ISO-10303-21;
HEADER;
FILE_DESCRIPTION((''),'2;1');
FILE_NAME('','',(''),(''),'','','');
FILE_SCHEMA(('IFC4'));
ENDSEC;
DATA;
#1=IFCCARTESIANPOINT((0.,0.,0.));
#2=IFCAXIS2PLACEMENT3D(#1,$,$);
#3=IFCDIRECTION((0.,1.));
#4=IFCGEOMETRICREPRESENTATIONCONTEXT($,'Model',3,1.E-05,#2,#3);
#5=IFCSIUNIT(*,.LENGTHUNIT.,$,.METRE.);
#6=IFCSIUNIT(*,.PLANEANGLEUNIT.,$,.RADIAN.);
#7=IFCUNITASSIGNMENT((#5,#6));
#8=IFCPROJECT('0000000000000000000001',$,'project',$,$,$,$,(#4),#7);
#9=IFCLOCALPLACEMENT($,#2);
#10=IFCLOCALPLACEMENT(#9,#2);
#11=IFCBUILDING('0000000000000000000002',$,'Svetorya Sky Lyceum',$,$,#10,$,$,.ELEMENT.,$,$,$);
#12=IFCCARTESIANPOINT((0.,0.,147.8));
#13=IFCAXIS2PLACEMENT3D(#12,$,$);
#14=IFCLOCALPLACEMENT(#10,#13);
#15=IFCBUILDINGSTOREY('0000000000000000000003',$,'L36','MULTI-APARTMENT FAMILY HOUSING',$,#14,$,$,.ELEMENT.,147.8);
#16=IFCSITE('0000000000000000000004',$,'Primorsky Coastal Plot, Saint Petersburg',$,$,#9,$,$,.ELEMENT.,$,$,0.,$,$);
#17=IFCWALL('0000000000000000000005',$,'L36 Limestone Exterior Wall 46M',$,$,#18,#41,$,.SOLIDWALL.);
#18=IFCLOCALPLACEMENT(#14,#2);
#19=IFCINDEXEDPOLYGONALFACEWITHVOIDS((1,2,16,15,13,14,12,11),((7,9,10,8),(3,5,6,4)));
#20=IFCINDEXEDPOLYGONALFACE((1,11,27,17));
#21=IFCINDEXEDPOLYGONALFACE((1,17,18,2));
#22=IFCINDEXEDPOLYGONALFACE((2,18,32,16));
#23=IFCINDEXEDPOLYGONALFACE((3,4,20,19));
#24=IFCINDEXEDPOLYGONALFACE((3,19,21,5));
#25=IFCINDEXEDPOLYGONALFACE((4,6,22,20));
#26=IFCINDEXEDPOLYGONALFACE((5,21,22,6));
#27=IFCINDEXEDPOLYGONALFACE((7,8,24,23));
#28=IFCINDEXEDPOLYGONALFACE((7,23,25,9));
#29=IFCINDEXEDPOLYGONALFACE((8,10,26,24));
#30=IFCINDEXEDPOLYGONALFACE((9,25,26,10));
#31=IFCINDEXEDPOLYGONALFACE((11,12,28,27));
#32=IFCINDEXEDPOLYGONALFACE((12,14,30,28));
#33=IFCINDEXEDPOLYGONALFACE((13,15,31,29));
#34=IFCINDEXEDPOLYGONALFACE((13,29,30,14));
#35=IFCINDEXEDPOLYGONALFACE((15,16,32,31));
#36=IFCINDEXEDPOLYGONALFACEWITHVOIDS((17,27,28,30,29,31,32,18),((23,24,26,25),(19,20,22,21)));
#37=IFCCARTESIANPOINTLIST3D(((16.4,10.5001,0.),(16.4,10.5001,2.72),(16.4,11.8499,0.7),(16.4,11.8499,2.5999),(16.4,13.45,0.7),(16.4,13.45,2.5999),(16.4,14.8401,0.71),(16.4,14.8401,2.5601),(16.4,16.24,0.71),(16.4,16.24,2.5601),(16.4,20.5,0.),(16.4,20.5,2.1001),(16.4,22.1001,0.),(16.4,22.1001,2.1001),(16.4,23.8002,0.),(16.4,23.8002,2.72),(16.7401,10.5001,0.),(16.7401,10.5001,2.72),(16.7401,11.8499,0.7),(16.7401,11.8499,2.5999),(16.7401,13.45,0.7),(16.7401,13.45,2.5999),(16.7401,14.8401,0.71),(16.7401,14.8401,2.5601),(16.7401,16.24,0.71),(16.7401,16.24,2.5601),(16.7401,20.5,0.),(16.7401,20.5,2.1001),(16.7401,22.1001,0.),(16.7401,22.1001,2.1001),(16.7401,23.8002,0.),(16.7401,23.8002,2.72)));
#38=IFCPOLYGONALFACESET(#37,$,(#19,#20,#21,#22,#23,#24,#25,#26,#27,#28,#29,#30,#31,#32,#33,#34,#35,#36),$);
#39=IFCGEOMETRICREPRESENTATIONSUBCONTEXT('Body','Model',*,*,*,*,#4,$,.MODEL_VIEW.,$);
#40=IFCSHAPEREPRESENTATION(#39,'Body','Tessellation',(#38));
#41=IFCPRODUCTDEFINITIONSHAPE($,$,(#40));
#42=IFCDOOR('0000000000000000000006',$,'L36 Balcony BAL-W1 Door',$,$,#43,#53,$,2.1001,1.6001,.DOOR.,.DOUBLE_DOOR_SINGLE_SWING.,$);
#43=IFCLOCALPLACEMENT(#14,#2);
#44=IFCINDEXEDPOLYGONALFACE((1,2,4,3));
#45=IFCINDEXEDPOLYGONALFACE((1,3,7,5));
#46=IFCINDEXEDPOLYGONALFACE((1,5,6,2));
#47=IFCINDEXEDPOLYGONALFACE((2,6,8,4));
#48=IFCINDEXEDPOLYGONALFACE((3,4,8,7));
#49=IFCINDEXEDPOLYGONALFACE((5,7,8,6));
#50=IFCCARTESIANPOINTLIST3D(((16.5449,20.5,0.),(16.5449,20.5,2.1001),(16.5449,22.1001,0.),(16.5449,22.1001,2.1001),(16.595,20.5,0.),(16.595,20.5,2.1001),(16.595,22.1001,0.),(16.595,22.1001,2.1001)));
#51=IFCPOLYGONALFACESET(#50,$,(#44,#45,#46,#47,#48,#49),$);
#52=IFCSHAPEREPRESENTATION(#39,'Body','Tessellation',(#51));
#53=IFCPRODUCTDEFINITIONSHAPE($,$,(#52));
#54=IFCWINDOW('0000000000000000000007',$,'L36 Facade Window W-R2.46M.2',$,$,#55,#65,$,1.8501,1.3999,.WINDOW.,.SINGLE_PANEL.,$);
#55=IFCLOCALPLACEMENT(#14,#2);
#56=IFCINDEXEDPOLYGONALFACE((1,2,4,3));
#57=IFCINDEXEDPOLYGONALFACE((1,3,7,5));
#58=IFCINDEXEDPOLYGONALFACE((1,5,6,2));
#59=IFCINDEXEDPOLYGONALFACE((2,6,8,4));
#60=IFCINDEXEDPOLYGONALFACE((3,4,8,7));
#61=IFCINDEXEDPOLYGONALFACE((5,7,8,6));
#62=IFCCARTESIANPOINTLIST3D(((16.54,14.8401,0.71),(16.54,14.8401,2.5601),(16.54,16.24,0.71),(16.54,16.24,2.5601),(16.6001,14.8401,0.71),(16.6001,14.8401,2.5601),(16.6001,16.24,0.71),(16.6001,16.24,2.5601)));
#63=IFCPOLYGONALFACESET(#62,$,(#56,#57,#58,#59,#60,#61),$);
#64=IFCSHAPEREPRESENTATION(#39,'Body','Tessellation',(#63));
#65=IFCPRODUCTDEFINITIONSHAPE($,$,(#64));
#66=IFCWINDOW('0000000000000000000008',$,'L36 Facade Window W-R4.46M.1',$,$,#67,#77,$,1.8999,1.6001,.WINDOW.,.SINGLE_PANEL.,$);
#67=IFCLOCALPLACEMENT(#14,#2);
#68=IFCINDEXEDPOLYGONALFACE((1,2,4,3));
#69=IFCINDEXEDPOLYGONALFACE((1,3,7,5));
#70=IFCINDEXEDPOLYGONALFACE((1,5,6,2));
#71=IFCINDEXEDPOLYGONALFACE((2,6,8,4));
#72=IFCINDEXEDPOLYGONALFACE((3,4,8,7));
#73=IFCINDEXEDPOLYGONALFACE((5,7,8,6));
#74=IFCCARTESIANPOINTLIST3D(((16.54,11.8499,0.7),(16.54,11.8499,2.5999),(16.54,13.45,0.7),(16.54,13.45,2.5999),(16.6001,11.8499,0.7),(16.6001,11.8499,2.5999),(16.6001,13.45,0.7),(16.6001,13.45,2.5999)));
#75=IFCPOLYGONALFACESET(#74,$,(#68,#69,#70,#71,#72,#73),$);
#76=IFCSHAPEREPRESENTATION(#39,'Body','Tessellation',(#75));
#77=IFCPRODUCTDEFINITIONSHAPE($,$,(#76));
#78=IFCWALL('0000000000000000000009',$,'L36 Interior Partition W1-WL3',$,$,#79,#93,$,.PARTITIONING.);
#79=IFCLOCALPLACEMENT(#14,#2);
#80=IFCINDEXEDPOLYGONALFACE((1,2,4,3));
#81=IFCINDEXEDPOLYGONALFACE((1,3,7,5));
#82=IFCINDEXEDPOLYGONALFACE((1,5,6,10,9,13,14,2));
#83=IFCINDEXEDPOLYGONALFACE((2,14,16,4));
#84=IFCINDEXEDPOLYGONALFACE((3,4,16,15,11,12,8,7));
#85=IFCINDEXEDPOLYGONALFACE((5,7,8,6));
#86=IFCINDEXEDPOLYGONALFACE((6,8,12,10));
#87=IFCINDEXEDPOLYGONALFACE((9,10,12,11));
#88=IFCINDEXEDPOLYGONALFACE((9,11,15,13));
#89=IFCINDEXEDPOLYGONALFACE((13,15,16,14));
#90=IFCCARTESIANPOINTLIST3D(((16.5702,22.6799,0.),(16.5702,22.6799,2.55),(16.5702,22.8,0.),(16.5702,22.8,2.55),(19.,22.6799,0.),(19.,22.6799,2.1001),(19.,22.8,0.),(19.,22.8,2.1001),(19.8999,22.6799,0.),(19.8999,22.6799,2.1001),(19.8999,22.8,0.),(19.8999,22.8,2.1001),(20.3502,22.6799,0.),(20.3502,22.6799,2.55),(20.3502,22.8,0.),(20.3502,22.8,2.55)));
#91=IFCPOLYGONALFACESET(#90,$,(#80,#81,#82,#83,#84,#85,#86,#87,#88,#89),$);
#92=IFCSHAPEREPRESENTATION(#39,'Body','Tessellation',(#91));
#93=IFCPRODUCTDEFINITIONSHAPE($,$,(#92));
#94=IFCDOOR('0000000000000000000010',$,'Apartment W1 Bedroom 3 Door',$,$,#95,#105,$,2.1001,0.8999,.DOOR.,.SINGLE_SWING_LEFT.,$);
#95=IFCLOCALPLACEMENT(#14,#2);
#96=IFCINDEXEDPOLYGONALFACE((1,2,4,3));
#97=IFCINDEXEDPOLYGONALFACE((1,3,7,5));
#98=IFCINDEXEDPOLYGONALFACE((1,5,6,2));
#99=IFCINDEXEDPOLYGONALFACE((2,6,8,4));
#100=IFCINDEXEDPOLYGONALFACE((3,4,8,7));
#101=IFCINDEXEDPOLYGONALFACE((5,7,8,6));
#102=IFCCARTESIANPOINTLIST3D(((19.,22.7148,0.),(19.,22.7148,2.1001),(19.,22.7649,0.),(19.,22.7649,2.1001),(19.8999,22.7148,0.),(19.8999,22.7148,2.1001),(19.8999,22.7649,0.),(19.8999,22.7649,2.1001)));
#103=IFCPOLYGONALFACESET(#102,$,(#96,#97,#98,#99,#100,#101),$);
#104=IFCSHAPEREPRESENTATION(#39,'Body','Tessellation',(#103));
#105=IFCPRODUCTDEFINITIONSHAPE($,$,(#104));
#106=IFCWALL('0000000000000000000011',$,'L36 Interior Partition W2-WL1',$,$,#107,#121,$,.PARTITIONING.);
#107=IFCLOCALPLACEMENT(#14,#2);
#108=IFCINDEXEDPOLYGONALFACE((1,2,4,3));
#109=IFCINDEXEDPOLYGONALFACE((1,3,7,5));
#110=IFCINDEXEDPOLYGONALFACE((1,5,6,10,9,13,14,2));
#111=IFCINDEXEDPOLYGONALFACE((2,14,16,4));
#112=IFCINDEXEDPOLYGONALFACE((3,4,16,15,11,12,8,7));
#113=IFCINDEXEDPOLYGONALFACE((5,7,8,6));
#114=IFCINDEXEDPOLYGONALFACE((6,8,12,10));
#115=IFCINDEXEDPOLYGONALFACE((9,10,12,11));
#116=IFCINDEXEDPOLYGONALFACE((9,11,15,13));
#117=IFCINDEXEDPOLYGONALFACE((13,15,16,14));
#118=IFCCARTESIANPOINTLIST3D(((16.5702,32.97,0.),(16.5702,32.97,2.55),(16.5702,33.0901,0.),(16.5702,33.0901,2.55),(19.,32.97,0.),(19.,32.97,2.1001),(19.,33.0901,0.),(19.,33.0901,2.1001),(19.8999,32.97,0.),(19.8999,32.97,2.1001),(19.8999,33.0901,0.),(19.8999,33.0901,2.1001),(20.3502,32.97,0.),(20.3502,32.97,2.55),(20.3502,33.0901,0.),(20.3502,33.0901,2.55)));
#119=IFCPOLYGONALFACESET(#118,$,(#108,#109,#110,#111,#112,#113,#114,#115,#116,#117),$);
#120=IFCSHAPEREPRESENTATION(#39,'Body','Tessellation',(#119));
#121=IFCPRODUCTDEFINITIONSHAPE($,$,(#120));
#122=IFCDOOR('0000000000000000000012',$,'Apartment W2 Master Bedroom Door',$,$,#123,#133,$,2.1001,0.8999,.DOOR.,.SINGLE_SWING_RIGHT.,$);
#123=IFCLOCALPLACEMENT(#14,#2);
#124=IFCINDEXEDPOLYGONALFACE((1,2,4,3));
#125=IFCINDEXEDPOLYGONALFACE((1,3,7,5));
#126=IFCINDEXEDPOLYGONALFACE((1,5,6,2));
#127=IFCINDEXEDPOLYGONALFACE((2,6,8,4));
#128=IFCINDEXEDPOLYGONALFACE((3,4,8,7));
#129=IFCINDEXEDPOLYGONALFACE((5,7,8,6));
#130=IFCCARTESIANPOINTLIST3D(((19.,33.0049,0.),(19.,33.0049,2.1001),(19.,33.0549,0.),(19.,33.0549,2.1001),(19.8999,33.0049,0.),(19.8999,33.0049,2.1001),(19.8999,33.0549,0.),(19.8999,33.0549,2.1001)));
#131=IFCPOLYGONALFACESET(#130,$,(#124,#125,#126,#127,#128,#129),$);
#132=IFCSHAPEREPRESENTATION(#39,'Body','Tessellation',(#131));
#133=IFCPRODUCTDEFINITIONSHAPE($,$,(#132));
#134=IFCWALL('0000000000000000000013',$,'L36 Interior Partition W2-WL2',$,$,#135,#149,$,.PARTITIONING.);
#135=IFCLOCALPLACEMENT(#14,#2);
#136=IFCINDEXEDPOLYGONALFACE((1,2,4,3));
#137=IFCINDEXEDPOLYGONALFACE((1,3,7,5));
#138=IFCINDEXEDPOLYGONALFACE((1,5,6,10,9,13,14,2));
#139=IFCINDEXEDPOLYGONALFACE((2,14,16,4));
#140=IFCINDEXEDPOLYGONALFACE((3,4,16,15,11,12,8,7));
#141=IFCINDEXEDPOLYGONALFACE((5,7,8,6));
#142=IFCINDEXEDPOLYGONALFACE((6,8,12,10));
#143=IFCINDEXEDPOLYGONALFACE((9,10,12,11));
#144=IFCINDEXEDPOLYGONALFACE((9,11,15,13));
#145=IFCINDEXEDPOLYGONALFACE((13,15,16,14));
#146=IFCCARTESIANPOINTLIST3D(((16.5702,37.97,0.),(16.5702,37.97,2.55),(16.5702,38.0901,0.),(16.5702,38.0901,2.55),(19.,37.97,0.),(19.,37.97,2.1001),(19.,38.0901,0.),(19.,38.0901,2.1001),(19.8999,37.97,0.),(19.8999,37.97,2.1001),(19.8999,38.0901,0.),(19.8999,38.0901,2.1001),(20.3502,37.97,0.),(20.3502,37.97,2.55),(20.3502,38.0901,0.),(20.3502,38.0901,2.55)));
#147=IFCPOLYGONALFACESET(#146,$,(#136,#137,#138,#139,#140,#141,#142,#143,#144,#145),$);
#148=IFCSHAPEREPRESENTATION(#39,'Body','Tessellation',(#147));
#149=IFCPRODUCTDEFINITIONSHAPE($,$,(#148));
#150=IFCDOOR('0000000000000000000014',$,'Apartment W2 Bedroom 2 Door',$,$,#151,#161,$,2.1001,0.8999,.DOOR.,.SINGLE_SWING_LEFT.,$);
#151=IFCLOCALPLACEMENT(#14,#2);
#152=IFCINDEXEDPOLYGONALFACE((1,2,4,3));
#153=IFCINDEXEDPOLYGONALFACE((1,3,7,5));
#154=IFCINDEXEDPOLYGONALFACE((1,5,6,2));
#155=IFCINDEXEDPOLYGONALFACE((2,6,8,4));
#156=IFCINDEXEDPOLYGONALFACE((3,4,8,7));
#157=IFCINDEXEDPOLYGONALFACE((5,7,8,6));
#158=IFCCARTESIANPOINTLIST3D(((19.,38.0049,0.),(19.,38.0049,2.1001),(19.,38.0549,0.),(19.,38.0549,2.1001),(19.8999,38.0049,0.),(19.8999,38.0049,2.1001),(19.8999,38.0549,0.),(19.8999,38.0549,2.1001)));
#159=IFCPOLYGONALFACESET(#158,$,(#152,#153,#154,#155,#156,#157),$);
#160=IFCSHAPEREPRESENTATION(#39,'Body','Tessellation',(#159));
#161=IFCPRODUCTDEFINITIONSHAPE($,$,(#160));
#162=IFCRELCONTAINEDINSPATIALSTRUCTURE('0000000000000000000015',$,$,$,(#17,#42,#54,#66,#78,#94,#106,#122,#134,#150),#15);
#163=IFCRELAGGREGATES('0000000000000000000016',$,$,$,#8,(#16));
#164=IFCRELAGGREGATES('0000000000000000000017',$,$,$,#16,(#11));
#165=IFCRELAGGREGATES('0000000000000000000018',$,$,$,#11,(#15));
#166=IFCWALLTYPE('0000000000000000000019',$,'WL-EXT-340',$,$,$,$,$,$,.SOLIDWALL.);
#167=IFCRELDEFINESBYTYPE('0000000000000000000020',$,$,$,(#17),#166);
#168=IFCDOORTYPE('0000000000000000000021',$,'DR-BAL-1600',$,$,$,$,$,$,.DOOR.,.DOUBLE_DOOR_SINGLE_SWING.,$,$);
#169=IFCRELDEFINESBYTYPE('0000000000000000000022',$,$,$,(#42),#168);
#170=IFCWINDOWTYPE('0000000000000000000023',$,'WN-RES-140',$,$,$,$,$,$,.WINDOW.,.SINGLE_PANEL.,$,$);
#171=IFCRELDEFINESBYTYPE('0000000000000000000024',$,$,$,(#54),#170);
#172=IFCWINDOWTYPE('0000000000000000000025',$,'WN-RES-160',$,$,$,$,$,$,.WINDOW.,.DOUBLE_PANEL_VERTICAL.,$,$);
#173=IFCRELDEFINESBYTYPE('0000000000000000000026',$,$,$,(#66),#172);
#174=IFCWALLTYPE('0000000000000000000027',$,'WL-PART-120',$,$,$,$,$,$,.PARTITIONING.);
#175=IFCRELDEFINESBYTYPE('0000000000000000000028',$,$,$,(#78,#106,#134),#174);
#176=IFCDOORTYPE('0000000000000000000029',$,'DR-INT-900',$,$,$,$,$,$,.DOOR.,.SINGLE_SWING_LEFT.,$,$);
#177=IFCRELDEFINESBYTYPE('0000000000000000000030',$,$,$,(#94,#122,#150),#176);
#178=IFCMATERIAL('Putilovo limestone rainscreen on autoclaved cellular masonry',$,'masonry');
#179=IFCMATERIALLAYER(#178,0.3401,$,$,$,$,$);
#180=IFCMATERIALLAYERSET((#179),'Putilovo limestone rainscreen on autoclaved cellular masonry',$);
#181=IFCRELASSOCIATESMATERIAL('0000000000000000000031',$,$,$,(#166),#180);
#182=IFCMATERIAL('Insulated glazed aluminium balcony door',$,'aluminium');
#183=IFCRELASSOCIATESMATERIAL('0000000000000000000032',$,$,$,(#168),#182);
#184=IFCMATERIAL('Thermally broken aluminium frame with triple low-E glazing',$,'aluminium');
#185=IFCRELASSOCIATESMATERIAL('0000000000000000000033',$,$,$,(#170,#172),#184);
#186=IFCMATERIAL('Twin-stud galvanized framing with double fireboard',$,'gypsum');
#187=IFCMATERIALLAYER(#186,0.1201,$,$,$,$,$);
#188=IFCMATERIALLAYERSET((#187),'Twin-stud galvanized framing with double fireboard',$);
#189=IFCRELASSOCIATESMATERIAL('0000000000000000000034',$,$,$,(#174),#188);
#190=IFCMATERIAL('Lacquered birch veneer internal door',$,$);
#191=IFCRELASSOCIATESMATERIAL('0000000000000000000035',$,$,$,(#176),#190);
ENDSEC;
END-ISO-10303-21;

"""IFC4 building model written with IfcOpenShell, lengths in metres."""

from ifc_helpers import new_model, si_unit, direction, frame, frame_2d, origin, place, context, subcontext, project, spatial, rectangle, extrude, material, layer, layer_set, type_object, element, fill, save


model = new_model("IFC4")

# Units and contexts
model_context = context("Model", 3, precision=1e-05, world=origin(), true_north=direction((0.0, 1.0)))
body_context = subcontext(model_context, "Body", "Model", "MODEL_VIEW")
ifc_project = project(units=[si_unit("LENGTHUNIT", "METRE"), si_unit("PLANEANGLEUNIT", "RADIAN")], contexts=[model_context])

# Site, building, storey
site_placement = place(None, origin())
site = spatial("IfcSite", under=ifc_project, at=site_placement, Name="Primorsky Coastal Plot, Saint Petersburg", CompositionType="ELEMENT", RefElevation=0.0)
building_placement = place(site_placement, origin())
building = spatial("IfcBuilding", under=site, at=building_placement, Name="Svetorya Sky Lyceum", CompositionType="ELEMENT")
storey_placement = place(building_placement, frame((0.0, 0.0, 147.8)))
storey = spatial("IfcBuildingStorey", under=building, at=storey_placement, Name="L36", Description="MULTI-APARTMENT FAMILY HOUSING", CompositionType="ELEMENT", Elevation=147.8)

# Shared definitions
ifc_material_1 = material(Name="Putilovo limestone rainscreen on autoclaved cellular masonry", Category="masonry")
ifc_layer_1 = layer(ifc_material_1, 0.3401)
ifc_layer_set_1 = layer_set([ifc_layer_1], Name="Putilovo limestone rainscreen on autoclaved cellular masonry")
wall_type_1 = type_object("IfcWallType", Name="WL-EXT-340", PredefinedType="SOLIDWALL", material=ifc_layer_set_1)
ifc_material_2 = material(Name="Thermally broken aluminium frame with triple low-E glazing", Category="aluminium")

# Wall, openings, door, windows
wall_1_placement = place(storey_placement, frame((16.5701, 23.8, 0.0), z_axis=(0.0, 0.0, 1.0), x_axis=(0.0, -1.0, 0.0)))
wall_1 = element("IfcWall", 1, at=wall_1_placement, inside=storey, type_object=wall_type_1, Name="L36 Limestone Exterior Wall 46M", PredefinedType="SOLIDWALL", context=body_context, shape_type="SweptSolid", body=[
    extrude(rectangle(XDim=13.3, YDim=0.3401, at=frame_2d((6.6499, 0.0))), origin(), (0.0, 0.0, 1.0), 2.72),
])
opening_1_placement = place(wall_1_placement, frame((1.7, 0.0, 0.0)))
opening_1 = element("IfcOpeningElement", 2, at=opening_1_placement, cuts=wall_1, PredefinedType="OPENING", context=body_context, shape_type="SweptSolid", body=[
    extrude(rectangle(XDim=1.6001, YDim=2.1001, at=frame_2d((0.8, 1.05))), frame((0.0, 0.1799, 0.0), z_axis=(0.0, -1.0, 0.0), x_axis=(1.0, 0.0, 0.0)), (0.0, 0.0, 1.0), 0.3601),
])
opening_2_placement = place(wall_1_placement, frame((7.5601, 0.0, 0.71)))
opening_2 = element("IfcOpeningElement", 3, at=opening_2_placement, cuts=wall_1, PredefinedType="OPENING", context=body_context, shape_type="SweptSolid", body=[
    extrude(rectangle(XDim=1.3999, YDim=1.8501, at=frame_2d((0.7, 0.925))), frame((0.0, 0.1799, 0.0), z_axis=(0.0, -1.0, 0.0), x_axis=(1.0, 0.0, 0.0)), (0.0, 0.0, 1.0), 0.3601),
])
opening_3_placement = place(wall_1_placement, frame((10.3501, 0.0, 0.7)))
opening_3 = element("IfcOpeningElement", 4, at=opening_3_placement, cuts=wall_1, PredefinedType="OPENING", context=body_context, shape_type="SweptSolid", body=[
    extrude(rectangle(XDim=1.6001, YDim=1.8999, at=frame_2d((0.8, 0.95))), frame((0.0, 0.1799, 0.0), z_axis=(0.0, -1.0, 0.0), x_axis=(1.0, 0.0, 0.0)), (0.0, 0.0, 1.0), 0.3601),
])
ifc_material_3 = material(Name="Insulated glazed aluminium balcony door", Category="aluminium")
door_type_1 = type_object("IfcDoorType", Name="DR-BAL-1600", OperationType="DOUBLE_DOOR_SINGLE_SWING", PredefinedType="DOOR", material=ifc_material_3)
door_1_placement = place(opening_1_placement, origin())
door_1 = element("IfcDoor", 5, at=door_1_placement, inside=storey, type_object=door_type_1, Name="L36 Balcony BAL-W1 Door", OperationType="DOUBLE_DOOR_SINGLE_SWING", OverallHeight=2.1001, OverallWidth=1.6001, PredefinedType="DOOR", context=body_context, shape_type="SweptSolid", body=[
    extrude(rectangle(XDim=1.6001, YDim=2.1001, at=frame_2d((0.8, 1.05))), frame((0.0, 0.0249, 0.0), z_axis=(0.0, -1.0, 0.0), x_axis=(1.0, 0.0, 0.0)), (0.0, 0.0, 1.0), 0.05),
])
fill(opening_1, door_1)
window_type_1 = type_object("IfcWindowType", Name="WN-RES-140", PartitioningType="SINGLE_PANEL", PredefinedType="WINDOW", material=ifc_material_2)
window_1_placement = place(opening_2_placement, origin())
window_1 = element("IfcWindow", 6, at=window_1_placement, inside=storey, type_object=window_type_1, Name="L36 Facade Window W-R2.46M.2", OverallHeight=1.8501, OverallWidth=1.3999, PartitioningType="SINGLE_PANEL", PredefinedType="WINDOW", context=body_context, shape_type="SweptSolid", body=[
    extrude(rectangle(XDim=1.3999, YDim=1.8501, at=frame_2d((0.7, 0.925))), frame((0.0, 0.03, 0.0), z_axis=(0.0, -1.0, 0.0), x_axis=(1.0, 0.0, 0.0)), (0.0, 0.0, 1.0), 0.0601),
])
fill(opening_2, window_1)
window_type_2 = type_object("IfcWindowType", Name="WN-RES-160", PartitioningType="DOUBLE_PANEL_VERTICAL", PredefinedType="WINDOW", material=ifc_material_2)
window_2_placement = place(opening_3_placement, origin())
window_2 = element("IfcWindow", 7, at=window_2_placement, inside=storey, type_object=window_type_2, Name="L36 Facade Window W-R4.46M.1", OverallHeight=1.8999, OverallWidth=1.6001, PartitioningType="SINGLE_PANEL", PredefinedType="WINDOW", context=body_context, shape_type="SweptSolid", body=[
    extrude(rectangle(XDim=1.6001, YDim=1.8999, at=frame_2d((0.8, 0.95))), frame((0.0, 0.03, 0.0), z_axis=(0.0, -1.0, 0.0), x_axis=(1.0, 0.0, 0.0)), (0.0, 0.0, 1.0), 0.0601),
])
fill(opening_3, window_2)

# Walls, openings, doors
ifc_material_4 = material(Name="Twin-stud galvanized framing with double fireboard", Category="gypsum")
ifc_layer_2 = layer(ifc_material_4, 0.1201)
ifc_layer_set_2 = layer_set([ifc_layer_2], Name="Twin-stud galvanized framing with double fireboard")
wall_type_2 = type_object("IfcWallType", Name="WL-PART-120", PredefinedType="PARTITIONING", material=ifc_layer_set_2)
wall_2_placement = place(storey_placement, frame((16.5701, 22.74, 0.0), z_axis=(0.0, 0.0, 1.0), x_axis=(1.0, 0.0, 0.0)))
wall_2 = element("IfcWall", 8, at=wall_2_placement, inside=storey, type_object=wall_type_2, Name="L36 Interior Partition W1-WL3", PredefinedType="PARTITIONING", context=body_context, shape_type="SweptSolid", body=[
    extrude(rectangle(XDim=3.78, YDim=0.1201, at=frame_2d((1.8901, 0.0))), origin(), (0.0, 0.0, 1.0), 2.55),
])
opening_4_placement = place(wall_2_placement, frame((2.4299, 0.0, 0.0)))
opening_4 = element("IfcOpeningElement", 9, at=opening_4_placement, cuts=wall_2, PredefinedType="OPENING", context=body_context, shape_type="SweptSolid", body=[
    extrude(rectangle(XDim=0.8999, YDim=2.1001, at=frame_2d((0.45, 1.05))), frame((0.0, 0.0701, 0.0), z_axis=(0.0, -1.0, 0.0), x_axis=(1.0, 0.0, 0.0)), (0.0, 0.0, 1.0), 0.1401),
])
ifc_material_5 = material(Name="Lacquered birch veneer internal door")
door_type_2 = type_object("IfcDoorType", Name="DR-INT-900", OperationType="SINGLE_SWING_LEFT", PredefinedType="DOOR", material=ifc_material_5)
door_2_placement = place(opening_4_placement, origin())
door_2 = element("IfcDoor", 10, at=door_2_placement, inside=storey, type_object=door_type_2, Name="Apartment W1 Bedroom 3 Door", OperationType="SINGLE_SWING_LEFT", OverallHeight=2.1001, OverallWidth=0.8999, PredefinedType="DOOR", context=body_context, shape_type="SweptSolid", body=[
    extrude(rectangle(XDim=0.8999, YDim=2.1001, at=frame_2d((0.45, 1.05))), frame((0.0, 0.0249, 0.0), z_axis=(0.0, -1.0, 0.0), x_axis=(1.0, 0.0, 0.0)), (0.0, 0.0, 1.0), 0.05),
])
fill(opening_4, door_2)
wall_3_placement = place(storey_placement, frame((16.5701, 33.03, 0.0), z_axis=(0.0, 0.0, 1.0), x_axis=(1.0, 0.0, 0.0)))
wall_3 = element("IfcWall", 11, at=wall_3_placement, inside=storey, type_object=wall_type_2, Name="L36 Interior Partition W2-WL1", PredefinedType="PARTITIONING", context=body_context, shape_type="SweptSolid", body=[
    extrude(rectangle(XDim=3.78, YDim=0.1201, at=frame_2d((1.8901, 0.0))), origin(), (0.0, 0.0, 1.0), 2.55),
])
opening_5_placement = place(wall_3_placement, frame((2.4299, 0.0, 0.0)))
opening_5 = element("IfcOpeningElement", 12, at=opening_5_placement, cuts=wall_3, PredefinedType="OPENING", context=body_context, shape_type="SweptSolid", body=[
    extrude(rectangle(XDim=0.8999, YDim=2.1001, at=frame_2d((0.45, 1.05))), frame((0.0, 0.0701, 0.0), z_axis=(0.0, -1.0, 0.0), x_axis=(1.0, 0.0, 0.0)), (0.0, 0.0, 1.0), 0.1401),
])
door_3_placement = place(opening_5_placement, origin())
door_3 = element("IfcDoor", 13, at=door_3_placement, inside=storey, type_object=door_type_2, Name="Apartment W2 Master Bedroom Door", OperationType="SINGLE_SWING_RIGHT", OverallHeight=2.1001, OverallWidth=0.8999, PredefinedType="DOOR", context=body_context, shape_type="SweptSolid", body=[
    extrude(rectangle(XDim=0.8999, YDim=2.1001, at=frame_2d((0.45, 1.05))), frame((0.0, 0.0249, 0.0), z_axis=(0.0, -1.0, 0.0), x_axis=(1.0, 0.0, 0.0)), (0.0, 0.0, 1.0), 0.05),
])
fill(opening_5, door_3)
wall_4_placement = place(storey_placement, frame((16.5701, 38.03, 0.0), z_axis=(0.0, 0.0, 1.0), x_axis=(1.0, 0.0, 0.0)))
wall_4 = element("IfcWall", 14, at=wall_4_placement, inside=storey, type_object=wall_type_2, Name="L36 Interior Partition W2-WL2", PredefinedType="PARTITIONING", context=body_context, shape_type="SweptSolid", body=[
    extrude(rectangle(XDim=3.78, YDim=0.1201, at=frame_2d((1.8901, 0.0))), origin(), (0.0, 0.0, 1.0), 2.55),
])
opening_6_placement = place(wall_4_placement, frame((2.4299, 0.0, 0.0)))
opening_6 = element("IfcOpeningElement", 15, at=opening_6_placement, cuts=wall_4, PredefinedType="OPENING", context=body_context, shape_type="SweptSolid", body=[
    extrude(rectangle(XDim=0.8999, YDim=2.1001, at=frame_2d((0.45, 1.05))), frame((0.0, 0.0701, 0.0), z_axis=(0.0, -1.0, 0.0), x_axis=(1.0, 0.0, 0.0)), (0.0, 0.0, 1.0), 0.1401),
])
door_4_placement = place(opening_6_placement, origin())
door_4 = element("IfcDoor", 16, at=door_4_placement, inside=storey, type_object=door_type_2, Name="Apartment W2 Bedroom 2 Door", OperationType="SINGLE_SWING_LEFT", OverallHeight=2.1001, OverallWidth=0.8999, PredefinedType="DOOR", context=body_context, shape_type="SweptSolid", body=[
    extrude(rectangle(XDim=0.8999, YDim=2.1001, at=frame_2d((0.45, 1.05))), frame((0.0, 0.0249, 0.0), z_axis=(0.0, -1.0, 0.0), x_axis=(1.0, 0.0, 0.0)), (0.0, 0.0, 1.0), 0.05),
])
fill(opening_6, door_4)

save(model, "model.ifc")
